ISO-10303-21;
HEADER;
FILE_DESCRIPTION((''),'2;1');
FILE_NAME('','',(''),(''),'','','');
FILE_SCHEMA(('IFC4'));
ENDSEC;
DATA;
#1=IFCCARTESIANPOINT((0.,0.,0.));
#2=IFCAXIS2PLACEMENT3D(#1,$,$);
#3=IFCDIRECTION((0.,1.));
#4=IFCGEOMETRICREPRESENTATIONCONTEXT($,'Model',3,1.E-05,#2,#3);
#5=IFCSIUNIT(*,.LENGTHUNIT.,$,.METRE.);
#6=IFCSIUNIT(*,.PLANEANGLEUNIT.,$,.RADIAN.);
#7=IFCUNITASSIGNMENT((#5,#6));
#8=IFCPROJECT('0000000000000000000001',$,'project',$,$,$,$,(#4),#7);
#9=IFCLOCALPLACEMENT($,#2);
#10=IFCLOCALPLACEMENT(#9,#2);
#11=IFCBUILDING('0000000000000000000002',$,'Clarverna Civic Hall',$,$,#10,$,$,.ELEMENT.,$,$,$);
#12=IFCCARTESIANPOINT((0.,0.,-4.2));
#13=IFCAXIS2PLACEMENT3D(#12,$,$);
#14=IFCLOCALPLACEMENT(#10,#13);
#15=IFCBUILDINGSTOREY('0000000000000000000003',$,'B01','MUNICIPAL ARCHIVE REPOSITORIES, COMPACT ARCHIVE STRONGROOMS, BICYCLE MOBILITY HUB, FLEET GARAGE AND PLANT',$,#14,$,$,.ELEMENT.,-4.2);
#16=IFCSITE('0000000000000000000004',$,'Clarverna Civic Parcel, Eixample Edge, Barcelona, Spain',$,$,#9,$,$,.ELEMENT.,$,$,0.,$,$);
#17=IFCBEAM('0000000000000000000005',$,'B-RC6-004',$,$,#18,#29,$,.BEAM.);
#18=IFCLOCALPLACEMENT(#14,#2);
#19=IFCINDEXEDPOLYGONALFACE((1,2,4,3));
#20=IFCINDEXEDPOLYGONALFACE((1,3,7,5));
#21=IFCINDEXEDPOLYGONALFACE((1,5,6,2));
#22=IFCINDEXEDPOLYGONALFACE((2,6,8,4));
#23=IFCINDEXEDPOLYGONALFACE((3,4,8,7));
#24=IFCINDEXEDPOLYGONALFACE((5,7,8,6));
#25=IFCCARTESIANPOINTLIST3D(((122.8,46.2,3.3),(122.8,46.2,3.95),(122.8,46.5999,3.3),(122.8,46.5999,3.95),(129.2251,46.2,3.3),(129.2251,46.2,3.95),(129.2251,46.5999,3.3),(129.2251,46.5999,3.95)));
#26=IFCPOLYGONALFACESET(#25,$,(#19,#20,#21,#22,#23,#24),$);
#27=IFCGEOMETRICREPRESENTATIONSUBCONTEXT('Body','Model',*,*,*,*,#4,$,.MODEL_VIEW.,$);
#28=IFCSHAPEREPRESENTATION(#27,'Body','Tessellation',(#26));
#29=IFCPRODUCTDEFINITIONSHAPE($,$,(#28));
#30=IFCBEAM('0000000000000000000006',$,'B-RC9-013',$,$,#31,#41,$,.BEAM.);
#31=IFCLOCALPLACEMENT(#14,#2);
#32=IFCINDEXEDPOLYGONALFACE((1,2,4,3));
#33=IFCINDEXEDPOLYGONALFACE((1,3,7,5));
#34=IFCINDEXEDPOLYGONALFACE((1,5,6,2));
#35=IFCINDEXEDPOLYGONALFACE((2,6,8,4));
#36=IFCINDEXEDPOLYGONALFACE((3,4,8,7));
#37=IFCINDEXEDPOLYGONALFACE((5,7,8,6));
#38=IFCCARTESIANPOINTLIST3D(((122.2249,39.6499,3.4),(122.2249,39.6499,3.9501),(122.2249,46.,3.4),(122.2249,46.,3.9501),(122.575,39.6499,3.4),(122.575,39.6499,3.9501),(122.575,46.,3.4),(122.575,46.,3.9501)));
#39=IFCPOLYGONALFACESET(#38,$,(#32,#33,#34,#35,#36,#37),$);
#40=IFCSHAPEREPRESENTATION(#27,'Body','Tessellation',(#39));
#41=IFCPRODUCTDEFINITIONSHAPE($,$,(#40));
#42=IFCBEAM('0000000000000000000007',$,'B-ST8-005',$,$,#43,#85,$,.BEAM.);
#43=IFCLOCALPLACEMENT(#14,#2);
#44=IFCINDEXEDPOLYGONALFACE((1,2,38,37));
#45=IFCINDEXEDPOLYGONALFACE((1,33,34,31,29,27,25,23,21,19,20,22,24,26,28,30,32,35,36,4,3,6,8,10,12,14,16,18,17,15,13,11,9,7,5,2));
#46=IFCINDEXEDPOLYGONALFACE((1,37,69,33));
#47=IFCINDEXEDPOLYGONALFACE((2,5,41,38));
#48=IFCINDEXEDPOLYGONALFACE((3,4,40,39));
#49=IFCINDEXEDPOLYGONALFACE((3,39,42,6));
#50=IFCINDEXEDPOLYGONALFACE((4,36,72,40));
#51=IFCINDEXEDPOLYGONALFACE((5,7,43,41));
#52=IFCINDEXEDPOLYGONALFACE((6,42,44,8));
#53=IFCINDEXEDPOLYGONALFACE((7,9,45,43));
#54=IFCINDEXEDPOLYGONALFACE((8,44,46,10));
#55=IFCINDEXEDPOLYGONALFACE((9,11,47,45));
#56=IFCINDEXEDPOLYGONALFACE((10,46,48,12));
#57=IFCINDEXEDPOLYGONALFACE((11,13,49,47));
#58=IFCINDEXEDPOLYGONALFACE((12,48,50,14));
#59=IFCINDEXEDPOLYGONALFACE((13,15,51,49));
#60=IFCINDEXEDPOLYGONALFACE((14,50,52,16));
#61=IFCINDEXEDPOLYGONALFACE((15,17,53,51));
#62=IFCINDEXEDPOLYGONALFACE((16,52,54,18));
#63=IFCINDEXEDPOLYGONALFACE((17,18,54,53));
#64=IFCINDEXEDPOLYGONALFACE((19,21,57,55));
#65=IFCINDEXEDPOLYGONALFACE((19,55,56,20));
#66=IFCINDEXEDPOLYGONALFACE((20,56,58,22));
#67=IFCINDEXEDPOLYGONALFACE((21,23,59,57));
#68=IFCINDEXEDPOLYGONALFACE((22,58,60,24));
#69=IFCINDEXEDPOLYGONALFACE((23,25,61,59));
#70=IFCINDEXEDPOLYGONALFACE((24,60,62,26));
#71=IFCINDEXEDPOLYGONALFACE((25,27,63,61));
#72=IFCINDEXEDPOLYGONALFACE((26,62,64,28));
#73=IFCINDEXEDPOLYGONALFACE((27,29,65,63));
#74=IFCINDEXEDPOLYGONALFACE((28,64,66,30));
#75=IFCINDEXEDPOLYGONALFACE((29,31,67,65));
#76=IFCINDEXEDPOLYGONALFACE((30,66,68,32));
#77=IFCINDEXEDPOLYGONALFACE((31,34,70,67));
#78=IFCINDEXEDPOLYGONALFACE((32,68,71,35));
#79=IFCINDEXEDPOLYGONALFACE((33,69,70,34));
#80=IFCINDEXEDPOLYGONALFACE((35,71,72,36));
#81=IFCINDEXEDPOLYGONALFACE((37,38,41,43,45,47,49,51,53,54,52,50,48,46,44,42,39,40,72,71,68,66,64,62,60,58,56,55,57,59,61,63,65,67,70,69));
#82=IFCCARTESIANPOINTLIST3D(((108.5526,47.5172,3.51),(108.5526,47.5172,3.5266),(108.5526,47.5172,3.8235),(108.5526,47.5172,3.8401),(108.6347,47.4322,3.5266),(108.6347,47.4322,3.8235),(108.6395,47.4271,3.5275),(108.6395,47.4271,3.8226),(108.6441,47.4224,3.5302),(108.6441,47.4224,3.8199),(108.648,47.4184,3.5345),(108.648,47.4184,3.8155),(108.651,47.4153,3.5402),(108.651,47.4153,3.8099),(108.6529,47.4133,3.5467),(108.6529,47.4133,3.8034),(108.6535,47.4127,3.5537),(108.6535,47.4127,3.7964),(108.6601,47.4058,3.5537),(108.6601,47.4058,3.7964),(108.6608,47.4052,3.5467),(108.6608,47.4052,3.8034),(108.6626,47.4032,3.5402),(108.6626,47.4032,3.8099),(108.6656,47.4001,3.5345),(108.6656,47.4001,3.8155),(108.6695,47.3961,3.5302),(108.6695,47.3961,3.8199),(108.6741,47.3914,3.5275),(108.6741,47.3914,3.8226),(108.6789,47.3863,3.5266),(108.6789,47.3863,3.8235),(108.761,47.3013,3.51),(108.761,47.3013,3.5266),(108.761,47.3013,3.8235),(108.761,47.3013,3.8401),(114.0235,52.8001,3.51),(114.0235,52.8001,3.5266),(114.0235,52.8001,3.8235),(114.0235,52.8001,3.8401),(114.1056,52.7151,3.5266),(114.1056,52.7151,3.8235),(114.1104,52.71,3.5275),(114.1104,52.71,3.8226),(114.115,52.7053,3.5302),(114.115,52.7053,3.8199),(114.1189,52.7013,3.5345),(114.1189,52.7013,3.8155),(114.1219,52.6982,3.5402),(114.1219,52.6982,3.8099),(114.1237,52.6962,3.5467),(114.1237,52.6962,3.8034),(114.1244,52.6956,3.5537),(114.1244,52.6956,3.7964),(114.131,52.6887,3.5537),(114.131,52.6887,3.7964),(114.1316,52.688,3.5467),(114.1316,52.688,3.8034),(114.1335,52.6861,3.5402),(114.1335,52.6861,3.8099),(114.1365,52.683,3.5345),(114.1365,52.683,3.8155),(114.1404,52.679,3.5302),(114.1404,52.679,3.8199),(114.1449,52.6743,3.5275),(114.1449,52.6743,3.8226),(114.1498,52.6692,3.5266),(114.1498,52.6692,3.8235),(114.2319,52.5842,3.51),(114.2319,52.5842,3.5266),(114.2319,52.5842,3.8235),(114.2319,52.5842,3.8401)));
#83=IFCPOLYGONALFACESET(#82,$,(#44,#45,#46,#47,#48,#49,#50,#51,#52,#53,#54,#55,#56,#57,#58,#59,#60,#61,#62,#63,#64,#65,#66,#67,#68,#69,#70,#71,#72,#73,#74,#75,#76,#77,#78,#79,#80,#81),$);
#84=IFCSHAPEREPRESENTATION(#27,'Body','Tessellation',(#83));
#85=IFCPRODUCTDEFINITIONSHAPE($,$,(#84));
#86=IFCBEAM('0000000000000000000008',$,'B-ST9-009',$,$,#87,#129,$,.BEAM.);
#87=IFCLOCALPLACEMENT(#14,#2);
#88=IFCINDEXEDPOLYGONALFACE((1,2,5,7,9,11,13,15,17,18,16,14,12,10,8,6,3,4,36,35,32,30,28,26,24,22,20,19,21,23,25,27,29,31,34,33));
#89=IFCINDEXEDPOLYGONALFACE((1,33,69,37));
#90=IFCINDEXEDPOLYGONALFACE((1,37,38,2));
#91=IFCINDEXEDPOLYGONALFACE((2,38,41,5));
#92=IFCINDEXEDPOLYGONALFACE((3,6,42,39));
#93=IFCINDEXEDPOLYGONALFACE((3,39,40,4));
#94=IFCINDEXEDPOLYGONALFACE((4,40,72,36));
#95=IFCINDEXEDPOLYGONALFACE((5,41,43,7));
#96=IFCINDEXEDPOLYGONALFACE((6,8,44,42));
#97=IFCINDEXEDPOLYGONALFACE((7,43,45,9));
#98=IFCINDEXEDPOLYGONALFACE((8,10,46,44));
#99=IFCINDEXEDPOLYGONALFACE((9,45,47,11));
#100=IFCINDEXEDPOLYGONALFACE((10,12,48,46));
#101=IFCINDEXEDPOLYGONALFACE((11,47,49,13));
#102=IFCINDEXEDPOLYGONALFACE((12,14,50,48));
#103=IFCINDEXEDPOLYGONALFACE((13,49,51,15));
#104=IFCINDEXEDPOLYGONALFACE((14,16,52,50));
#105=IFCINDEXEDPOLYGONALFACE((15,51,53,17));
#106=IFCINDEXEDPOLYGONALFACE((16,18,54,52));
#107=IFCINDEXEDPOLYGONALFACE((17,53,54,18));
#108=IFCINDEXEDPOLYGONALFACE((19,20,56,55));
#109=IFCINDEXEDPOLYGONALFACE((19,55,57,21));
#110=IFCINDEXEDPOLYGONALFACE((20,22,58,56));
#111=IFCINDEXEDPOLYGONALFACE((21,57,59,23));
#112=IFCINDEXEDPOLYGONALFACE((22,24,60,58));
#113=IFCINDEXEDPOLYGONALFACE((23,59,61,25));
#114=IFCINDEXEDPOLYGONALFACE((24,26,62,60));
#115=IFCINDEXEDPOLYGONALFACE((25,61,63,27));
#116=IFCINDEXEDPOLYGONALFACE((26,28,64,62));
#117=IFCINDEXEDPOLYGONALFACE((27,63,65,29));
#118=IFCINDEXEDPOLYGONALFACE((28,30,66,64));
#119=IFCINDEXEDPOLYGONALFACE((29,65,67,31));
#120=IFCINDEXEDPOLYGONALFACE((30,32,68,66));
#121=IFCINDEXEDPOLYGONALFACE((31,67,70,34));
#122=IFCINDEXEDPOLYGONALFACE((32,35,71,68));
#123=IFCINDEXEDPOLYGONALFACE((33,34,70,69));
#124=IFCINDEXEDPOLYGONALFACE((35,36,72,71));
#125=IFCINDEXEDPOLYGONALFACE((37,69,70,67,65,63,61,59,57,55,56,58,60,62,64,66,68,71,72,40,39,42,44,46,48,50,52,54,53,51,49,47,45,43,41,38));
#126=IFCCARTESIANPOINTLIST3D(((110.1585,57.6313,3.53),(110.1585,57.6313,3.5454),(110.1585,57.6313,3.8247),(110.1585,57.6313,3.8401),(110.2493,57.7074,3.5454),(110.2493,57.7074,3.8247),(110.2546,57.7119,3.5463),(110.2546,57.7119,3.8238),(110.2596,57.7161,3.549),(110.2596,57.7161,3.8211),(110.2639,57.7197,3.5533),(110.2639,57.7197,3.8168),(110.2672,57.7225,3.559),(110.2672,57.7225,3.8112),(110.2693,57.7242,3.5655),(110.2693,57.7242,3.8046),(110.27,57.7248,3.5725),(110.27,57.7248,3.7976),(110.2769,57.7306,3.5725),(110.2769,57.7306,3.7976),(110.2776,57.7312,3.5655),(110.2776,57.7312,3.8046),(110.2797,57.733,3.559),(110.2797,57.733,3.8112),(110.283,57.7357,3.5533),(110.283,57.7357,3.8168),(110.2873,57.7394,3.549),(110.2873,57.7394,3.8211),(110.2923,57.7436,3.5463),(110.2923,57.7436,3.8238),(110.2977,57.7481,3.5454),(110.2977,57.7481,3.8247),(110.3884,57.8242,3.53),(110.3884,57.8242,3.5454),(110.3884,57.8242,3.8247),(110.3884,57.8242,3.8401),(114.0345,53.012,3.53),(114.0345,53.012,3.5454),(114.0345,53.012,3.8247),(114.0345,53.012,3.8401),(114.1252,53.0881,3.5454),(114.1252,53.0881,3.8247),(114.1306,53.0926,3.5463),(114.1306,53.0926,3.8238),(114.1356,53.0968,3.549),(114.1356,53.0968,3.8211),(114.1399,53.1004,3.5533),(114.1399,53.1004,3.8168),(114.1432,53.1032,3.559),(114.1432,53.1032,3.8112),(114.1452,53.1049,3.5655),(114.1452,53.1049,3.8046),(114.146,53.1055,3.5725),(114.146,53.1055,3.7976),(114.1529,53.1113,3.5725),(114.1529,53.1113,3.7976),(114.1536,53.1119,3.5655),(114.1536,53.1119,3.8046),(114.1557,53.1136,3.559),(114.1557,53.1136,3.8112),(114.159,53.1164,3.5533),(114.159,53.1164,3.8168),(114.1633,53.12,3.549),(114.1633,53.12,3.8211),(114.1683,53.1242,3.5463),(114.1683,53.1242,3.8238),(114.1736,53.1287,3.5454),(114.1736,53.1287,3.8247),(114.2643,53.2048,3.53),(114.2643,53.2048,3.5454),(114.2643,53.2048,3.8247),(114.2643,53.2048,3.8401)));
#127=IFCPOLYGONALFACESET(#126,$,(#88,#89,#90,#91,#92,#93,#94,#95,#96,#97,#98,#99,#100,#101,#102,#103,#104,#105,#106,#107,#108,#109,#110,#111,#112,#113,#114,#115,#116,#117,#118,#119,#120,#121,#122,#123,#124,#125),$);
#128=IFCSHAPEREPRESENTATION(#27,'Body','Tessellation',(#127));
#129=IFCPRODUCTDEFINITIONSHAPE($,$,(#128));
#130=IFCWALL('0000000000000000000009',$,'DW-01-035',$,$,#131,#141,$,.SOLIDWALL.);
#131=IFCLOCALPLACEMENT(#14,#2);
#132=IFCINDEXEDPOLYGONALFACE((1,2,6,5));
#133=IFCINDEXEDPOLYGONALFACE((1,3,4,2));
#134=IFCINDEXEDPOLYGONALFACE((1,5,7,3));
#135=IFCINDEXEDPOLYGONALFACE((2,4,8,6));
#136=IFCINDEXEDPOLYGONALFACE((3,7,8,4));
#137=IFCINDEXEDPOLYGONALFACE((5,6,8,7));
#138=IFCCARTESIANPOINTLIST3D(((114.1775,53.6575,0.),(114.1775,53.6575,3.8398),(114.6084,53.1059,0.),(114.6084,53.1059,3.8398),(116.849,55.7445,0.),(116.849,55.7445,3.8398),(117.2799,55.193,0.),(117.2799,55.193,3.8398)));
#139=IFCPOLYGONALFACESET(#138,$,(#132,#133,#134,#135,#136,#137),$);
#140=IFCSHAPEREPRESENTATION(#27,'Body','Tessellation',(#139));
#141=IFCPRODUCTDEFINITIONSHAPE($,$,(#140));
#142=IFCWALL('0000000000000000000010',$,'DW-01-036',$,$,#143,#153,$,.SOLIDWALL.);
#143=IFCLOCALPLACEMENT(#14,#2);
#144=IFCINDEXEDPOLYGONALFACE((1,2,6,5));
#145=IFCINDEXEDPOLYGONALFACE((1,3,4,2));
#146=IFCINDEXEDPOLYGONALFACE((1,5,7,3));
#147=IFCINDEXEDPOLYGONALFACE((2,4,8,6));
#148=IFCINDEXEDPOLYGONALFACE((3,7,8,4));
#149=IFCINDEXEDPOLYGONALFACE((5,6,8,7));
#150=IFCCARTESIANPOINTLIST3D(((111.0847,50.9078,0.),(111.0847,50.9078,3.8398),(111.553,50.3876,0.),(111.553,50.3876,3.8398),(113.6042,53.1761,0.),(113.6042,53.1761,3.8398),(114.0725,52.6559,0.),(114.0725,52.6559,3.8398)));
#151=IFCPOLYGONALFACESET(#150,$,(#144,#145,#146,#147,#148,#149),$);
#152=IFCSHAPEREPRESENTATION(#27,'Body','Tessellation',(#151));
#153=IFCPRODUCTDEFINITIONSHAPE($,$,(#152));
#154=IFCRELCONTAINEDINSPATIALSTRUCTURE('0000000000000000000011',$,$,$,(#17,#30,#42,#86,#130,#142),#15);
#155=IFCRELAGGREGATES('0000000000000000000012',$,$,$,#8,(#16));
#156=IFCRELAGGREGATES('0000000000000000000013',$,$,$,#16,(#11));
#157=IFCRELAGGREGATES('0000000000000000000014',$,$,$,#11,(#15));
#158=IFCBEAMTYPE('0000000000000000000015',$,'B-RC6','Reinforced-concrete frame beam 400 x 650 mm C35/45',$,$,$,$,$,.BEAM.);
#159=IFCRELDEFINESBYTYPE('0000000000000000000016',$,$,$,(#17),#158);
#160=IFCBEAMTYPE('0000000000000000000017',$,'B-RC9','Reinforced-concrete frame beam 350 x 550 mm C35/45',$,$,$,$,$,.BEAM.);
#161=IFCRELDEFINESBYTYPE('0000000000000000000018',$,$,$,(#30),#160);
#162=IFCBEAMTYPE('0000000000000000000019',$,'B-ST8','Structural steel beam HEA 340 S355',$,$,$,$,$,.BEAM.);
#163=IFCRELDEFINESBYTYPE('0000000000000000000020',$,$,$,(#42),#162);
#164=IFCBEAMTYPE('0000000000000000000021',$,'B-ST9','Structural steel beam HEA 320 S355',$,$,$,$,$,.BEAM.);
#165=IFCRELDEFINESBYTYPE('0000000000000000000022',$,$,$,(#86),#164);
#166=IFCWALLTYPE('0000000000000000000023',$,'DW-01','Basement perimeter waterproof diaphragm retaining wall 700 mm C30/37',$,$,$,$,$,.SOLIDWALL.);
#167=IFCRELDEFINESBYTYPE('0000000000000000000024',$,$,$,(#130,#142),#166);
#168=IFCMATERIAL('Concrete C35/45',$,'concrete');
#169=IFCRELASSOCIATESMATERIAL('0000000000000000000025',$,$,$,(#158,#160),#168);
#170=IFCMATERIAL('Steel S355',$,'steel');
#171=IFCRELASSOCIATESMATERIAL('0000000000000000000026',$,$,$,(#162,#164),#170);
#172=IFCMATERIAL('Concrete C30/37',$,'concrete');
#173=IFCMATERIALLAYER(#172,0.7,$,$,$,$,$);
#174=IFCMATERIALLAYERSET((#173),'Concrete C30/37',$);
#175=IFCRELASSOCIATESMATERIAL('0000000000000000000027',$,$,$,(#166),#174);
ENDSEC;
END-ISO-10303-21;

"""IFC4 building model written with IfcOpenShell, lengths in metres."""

from ifc_helpers import new_model, si_unit, direction, frame, frame_2d, origin, origin_2d, place, context, subcontext, project, spatial, rectangle, i_section, extrude, material, layer, layer_set, material_profile, profile_set, type_object, element, save


model = new_model("IFC4")

# Units and contexts
model_context = context("Model", 3, precision=1e-05, world=origin(), true_north=direction((0.0, 1.0)))
body_context = subcontext(model_context, "Body", "Model", "MODEL_VIEW")
ifc_project = project(units=[si_unit("LENGTHUNIT", "METRE"), si_unit("PLANEANGLEUNIT", "RADIAN")], contexts=[model_context])

# Site, building, storey
site_placement = place(None, origin())
site = spatial("IfcSite", under=ifc_project, at=site_placement, Name="Clarverna Civic Parcel, Eixample Edge, Barcelona, Spain", CompositionType="ELEMENT", RefElevation=0.0)
building_placement = place(site_placement, origin())
building = spatial("IfcBuilding", under=site, at=building_placement, Name="Clarverna Civic Hall", CompositionType="ELEMENT")
storey_placement = place(building_placement, frame((0.0, 0.0, -4.2)))
storey = spatial("IfcBuildingStorey", under=building, at=storey_placement, Name="B01", Description="MUNICIPAL ARCHIVE REPOSITORIES, COMPACT ARCHIVE STRONGROOMS, BICYCLE MOBILITY HUB, FLEET GARAGE AND PLANT", CompositionType="ELEMENT", Elevation=-4.2)

# Shared definitions
ifc_material_1 = material(Name="Concrete C30/37", Category="concrete")

# Shared definitions
ifc_material_2 = material(Name="Concrete C35/45", Category="concrete")

# Beams
ifc_material_profile_1 = material_profile(ifc_material_2, rectangle(XDim=0.3999, YDim=0.6499, at=origin_2d()), Name="RC 400x650")
ifc_profile_set_1 = profile_set([ifc_material_profile_1], Name="Concrete C35/45")
beam_type_1 = type_object("IfcBeamType", Name="B-RC6", Description="Reinforced-concrete frame beam 400 x 650 mm C35/45", PredefinedType="BEAM", material=ifc_profile_set_1)
beam_1_placement = place(storey_placement, frame((122.8, 46.3999, 3.625), z_axis=(1.0, 0.0, 0.0), x_axis=(0.0, 1.0, 0.0)))
element("IfcBeam", 1, at=beam_1_placement, inside=storey, type_object=beam_type_1, Name="B-RC6-004", PredefinedType="BEAM", context=body_context, shape_type="SweptSolid", body=[
    extrude(rectangle(XDim=0.3999, YDim=0.6499, at=origin_2d()), origin(), (0.0, 0.0, 1.0), 6.425),
])
ifc_material_profile_2 = material_profile(ifc_material_2, rectangle(XDim=0.3501, YDim=0.55, at=origin_2d()), Name="RC 350x550")
ifc_profile_set_2 = profile_set([ifc_material_profile_2], Name="Concrete C35/45")
beam_type_2 = type_object("IfcBeamType", Name="B-RC9", Description="Reinforced-concrete frame beam 350 x 550 mm C35/45", PredefinedType="BEAM", material=ifc_profile_set_2)
beam_2_placement = place(storey_placement, frame((122.3999, 39.6499, 3.675), z_axis=(0.0, 1.0, 0.0), x_axis=(-1.0, 0.0, 0.0)))
element("IfcBeam", 2, at=beam_2_placement, inside=storey, type_object=beam_type_2, Name="B-RC9-013", PredefinedType="BEAM", context=body_context, shape_type="SweptSolid", body=[
    extrude(rectangle(XDim=0.3501, YDim=0.55, at=origin_2d()), origin(), (0.0, 0.0, 1.0), 6.3501),
])
ifc_material_3 = material(Name="Steel S355", Category="steel")
ifc_material_profile_3 = material_profile(ifc_material_3, i_section(OverallWidth=0.3, OverallDepth=0.3301, WebThickness=0.0095, FlangeThickness=0.0166, FilletRadius=0.0271, at=origin_2d()), Name="HEA 340")
ifc_profile_set_3 = profile_set([ifc_material_profile_3], Name="Steel S355")
beam_type_3 = type_object("IfcBeamType", Name="B-ST8", Description="Structural steel beam HEA 340 S355", PredefinedType="BEAM", material=ifc_profile_set_3)
beam_3_placement = place(storey_placement, frame((114.1277, 52.6921, 3.675), z_axis=(-0.719358, -0.69464, 0.0), x_axis=(0.69464, -0.719358, 0.0)))
element("IfcBeam", 3, at=beam_3_placement, inside=storey, type_object=beam_type_3, Name="B-ST8-005", PredefinedType="BEAM", context=body_context, shape_type="SweptSolid", body=[
    extrude(i_section(OverallWidth=0.3, OverallDepth=0.3301, WebThickness=0.0095, FlangeThickness=0.0166, FilletRadius=0.0271, at=origin_2d()), origin(), (0.0, 0.0, 1.0), 7.6052),
])
ifc_material_profile_4 = material_profile(ifc_material_3, i_section(OverallWidth=0.3, OverallDepth=0.3101, WebThickness=0.009, FlangeThickness=0.0154, FilletRadius=0.0271, at=origin_2d()), Name="HEA 320")
ifc_profile_set_4 = profile_set([ifc_material_profile_4], Name="Steel S355")
beam_type_4 = type_object("IfcBeamType", Name="B-ST9", Description="Structural steel beam HEA 320 S355", PredefinedType="BEAM", material=ifc_profile_set_4)
beam_4_placement = place(storey_placement, frame((114.1494, 53.1084, 3.6851), z_axis=(-0.642773, 0.766056, 0.0), x_axis=(-0.766056, -0.642773, 0.0)))
element("IfcBeam", 4, at=beam_4_placement, inside=storey, type_object=beam_type_4, Name="B-ST9-009", PredefinedType="BEAM", context=body_context, shape_type="SweptSolid", body=[
    extrude(i_section(OverallWidth=0.3, OverallDepth=0.3101, WebThickness=0.009, FlangeThickness=0.0154, FilletRadius=0.0271, at=origin_2d()), origin(), (0.0, 0.0, 1.0), 6.03),
])

# Walls
ifc_layer = layer(ifc_material_1, 0.7)
ifc_layer_set = layer_set([ifc_layer], Name="Concrete C30/37")
wall_type = type_object("IfcWallType", Name="DW-01", Description="Basement perimeter waterproof diaphragm retaining wall 700 mm C30/37", PredefinedType="SOLIDWALL", material=ifc_layer_set)
for number, where, z_axis, x_axis, name in (
    (5, (117.0645, 55.4688, 0.0), (0.0, 0.0, 1.0), (-0.788032, -0.615634, 0.0), "DW-01-035"),
    (6, (113.8384, 52.916, 0.0), (0.0, 0.0, 1.0), (-0.743187, -0.669084, 0.0), "DW-01-036"),
):
    element("IfcWall", number, at=place(storey_placement, frame(where, z_axis=z_axis, x_axis=x_axis)), inside=storey, type_object=wall_type, Name=name, PredefinedType="SOLIDWALL", context=body_context, shape_type="SweptSolid", body=[
        extrude(rectangle(XDim=3.3901, YDim=0.7, at=frame_2d((1.6951, 0.0))), origin(), (0.0, 0.0, 1.0), 3.8398),
    ])

save(model, "model.ifc")
